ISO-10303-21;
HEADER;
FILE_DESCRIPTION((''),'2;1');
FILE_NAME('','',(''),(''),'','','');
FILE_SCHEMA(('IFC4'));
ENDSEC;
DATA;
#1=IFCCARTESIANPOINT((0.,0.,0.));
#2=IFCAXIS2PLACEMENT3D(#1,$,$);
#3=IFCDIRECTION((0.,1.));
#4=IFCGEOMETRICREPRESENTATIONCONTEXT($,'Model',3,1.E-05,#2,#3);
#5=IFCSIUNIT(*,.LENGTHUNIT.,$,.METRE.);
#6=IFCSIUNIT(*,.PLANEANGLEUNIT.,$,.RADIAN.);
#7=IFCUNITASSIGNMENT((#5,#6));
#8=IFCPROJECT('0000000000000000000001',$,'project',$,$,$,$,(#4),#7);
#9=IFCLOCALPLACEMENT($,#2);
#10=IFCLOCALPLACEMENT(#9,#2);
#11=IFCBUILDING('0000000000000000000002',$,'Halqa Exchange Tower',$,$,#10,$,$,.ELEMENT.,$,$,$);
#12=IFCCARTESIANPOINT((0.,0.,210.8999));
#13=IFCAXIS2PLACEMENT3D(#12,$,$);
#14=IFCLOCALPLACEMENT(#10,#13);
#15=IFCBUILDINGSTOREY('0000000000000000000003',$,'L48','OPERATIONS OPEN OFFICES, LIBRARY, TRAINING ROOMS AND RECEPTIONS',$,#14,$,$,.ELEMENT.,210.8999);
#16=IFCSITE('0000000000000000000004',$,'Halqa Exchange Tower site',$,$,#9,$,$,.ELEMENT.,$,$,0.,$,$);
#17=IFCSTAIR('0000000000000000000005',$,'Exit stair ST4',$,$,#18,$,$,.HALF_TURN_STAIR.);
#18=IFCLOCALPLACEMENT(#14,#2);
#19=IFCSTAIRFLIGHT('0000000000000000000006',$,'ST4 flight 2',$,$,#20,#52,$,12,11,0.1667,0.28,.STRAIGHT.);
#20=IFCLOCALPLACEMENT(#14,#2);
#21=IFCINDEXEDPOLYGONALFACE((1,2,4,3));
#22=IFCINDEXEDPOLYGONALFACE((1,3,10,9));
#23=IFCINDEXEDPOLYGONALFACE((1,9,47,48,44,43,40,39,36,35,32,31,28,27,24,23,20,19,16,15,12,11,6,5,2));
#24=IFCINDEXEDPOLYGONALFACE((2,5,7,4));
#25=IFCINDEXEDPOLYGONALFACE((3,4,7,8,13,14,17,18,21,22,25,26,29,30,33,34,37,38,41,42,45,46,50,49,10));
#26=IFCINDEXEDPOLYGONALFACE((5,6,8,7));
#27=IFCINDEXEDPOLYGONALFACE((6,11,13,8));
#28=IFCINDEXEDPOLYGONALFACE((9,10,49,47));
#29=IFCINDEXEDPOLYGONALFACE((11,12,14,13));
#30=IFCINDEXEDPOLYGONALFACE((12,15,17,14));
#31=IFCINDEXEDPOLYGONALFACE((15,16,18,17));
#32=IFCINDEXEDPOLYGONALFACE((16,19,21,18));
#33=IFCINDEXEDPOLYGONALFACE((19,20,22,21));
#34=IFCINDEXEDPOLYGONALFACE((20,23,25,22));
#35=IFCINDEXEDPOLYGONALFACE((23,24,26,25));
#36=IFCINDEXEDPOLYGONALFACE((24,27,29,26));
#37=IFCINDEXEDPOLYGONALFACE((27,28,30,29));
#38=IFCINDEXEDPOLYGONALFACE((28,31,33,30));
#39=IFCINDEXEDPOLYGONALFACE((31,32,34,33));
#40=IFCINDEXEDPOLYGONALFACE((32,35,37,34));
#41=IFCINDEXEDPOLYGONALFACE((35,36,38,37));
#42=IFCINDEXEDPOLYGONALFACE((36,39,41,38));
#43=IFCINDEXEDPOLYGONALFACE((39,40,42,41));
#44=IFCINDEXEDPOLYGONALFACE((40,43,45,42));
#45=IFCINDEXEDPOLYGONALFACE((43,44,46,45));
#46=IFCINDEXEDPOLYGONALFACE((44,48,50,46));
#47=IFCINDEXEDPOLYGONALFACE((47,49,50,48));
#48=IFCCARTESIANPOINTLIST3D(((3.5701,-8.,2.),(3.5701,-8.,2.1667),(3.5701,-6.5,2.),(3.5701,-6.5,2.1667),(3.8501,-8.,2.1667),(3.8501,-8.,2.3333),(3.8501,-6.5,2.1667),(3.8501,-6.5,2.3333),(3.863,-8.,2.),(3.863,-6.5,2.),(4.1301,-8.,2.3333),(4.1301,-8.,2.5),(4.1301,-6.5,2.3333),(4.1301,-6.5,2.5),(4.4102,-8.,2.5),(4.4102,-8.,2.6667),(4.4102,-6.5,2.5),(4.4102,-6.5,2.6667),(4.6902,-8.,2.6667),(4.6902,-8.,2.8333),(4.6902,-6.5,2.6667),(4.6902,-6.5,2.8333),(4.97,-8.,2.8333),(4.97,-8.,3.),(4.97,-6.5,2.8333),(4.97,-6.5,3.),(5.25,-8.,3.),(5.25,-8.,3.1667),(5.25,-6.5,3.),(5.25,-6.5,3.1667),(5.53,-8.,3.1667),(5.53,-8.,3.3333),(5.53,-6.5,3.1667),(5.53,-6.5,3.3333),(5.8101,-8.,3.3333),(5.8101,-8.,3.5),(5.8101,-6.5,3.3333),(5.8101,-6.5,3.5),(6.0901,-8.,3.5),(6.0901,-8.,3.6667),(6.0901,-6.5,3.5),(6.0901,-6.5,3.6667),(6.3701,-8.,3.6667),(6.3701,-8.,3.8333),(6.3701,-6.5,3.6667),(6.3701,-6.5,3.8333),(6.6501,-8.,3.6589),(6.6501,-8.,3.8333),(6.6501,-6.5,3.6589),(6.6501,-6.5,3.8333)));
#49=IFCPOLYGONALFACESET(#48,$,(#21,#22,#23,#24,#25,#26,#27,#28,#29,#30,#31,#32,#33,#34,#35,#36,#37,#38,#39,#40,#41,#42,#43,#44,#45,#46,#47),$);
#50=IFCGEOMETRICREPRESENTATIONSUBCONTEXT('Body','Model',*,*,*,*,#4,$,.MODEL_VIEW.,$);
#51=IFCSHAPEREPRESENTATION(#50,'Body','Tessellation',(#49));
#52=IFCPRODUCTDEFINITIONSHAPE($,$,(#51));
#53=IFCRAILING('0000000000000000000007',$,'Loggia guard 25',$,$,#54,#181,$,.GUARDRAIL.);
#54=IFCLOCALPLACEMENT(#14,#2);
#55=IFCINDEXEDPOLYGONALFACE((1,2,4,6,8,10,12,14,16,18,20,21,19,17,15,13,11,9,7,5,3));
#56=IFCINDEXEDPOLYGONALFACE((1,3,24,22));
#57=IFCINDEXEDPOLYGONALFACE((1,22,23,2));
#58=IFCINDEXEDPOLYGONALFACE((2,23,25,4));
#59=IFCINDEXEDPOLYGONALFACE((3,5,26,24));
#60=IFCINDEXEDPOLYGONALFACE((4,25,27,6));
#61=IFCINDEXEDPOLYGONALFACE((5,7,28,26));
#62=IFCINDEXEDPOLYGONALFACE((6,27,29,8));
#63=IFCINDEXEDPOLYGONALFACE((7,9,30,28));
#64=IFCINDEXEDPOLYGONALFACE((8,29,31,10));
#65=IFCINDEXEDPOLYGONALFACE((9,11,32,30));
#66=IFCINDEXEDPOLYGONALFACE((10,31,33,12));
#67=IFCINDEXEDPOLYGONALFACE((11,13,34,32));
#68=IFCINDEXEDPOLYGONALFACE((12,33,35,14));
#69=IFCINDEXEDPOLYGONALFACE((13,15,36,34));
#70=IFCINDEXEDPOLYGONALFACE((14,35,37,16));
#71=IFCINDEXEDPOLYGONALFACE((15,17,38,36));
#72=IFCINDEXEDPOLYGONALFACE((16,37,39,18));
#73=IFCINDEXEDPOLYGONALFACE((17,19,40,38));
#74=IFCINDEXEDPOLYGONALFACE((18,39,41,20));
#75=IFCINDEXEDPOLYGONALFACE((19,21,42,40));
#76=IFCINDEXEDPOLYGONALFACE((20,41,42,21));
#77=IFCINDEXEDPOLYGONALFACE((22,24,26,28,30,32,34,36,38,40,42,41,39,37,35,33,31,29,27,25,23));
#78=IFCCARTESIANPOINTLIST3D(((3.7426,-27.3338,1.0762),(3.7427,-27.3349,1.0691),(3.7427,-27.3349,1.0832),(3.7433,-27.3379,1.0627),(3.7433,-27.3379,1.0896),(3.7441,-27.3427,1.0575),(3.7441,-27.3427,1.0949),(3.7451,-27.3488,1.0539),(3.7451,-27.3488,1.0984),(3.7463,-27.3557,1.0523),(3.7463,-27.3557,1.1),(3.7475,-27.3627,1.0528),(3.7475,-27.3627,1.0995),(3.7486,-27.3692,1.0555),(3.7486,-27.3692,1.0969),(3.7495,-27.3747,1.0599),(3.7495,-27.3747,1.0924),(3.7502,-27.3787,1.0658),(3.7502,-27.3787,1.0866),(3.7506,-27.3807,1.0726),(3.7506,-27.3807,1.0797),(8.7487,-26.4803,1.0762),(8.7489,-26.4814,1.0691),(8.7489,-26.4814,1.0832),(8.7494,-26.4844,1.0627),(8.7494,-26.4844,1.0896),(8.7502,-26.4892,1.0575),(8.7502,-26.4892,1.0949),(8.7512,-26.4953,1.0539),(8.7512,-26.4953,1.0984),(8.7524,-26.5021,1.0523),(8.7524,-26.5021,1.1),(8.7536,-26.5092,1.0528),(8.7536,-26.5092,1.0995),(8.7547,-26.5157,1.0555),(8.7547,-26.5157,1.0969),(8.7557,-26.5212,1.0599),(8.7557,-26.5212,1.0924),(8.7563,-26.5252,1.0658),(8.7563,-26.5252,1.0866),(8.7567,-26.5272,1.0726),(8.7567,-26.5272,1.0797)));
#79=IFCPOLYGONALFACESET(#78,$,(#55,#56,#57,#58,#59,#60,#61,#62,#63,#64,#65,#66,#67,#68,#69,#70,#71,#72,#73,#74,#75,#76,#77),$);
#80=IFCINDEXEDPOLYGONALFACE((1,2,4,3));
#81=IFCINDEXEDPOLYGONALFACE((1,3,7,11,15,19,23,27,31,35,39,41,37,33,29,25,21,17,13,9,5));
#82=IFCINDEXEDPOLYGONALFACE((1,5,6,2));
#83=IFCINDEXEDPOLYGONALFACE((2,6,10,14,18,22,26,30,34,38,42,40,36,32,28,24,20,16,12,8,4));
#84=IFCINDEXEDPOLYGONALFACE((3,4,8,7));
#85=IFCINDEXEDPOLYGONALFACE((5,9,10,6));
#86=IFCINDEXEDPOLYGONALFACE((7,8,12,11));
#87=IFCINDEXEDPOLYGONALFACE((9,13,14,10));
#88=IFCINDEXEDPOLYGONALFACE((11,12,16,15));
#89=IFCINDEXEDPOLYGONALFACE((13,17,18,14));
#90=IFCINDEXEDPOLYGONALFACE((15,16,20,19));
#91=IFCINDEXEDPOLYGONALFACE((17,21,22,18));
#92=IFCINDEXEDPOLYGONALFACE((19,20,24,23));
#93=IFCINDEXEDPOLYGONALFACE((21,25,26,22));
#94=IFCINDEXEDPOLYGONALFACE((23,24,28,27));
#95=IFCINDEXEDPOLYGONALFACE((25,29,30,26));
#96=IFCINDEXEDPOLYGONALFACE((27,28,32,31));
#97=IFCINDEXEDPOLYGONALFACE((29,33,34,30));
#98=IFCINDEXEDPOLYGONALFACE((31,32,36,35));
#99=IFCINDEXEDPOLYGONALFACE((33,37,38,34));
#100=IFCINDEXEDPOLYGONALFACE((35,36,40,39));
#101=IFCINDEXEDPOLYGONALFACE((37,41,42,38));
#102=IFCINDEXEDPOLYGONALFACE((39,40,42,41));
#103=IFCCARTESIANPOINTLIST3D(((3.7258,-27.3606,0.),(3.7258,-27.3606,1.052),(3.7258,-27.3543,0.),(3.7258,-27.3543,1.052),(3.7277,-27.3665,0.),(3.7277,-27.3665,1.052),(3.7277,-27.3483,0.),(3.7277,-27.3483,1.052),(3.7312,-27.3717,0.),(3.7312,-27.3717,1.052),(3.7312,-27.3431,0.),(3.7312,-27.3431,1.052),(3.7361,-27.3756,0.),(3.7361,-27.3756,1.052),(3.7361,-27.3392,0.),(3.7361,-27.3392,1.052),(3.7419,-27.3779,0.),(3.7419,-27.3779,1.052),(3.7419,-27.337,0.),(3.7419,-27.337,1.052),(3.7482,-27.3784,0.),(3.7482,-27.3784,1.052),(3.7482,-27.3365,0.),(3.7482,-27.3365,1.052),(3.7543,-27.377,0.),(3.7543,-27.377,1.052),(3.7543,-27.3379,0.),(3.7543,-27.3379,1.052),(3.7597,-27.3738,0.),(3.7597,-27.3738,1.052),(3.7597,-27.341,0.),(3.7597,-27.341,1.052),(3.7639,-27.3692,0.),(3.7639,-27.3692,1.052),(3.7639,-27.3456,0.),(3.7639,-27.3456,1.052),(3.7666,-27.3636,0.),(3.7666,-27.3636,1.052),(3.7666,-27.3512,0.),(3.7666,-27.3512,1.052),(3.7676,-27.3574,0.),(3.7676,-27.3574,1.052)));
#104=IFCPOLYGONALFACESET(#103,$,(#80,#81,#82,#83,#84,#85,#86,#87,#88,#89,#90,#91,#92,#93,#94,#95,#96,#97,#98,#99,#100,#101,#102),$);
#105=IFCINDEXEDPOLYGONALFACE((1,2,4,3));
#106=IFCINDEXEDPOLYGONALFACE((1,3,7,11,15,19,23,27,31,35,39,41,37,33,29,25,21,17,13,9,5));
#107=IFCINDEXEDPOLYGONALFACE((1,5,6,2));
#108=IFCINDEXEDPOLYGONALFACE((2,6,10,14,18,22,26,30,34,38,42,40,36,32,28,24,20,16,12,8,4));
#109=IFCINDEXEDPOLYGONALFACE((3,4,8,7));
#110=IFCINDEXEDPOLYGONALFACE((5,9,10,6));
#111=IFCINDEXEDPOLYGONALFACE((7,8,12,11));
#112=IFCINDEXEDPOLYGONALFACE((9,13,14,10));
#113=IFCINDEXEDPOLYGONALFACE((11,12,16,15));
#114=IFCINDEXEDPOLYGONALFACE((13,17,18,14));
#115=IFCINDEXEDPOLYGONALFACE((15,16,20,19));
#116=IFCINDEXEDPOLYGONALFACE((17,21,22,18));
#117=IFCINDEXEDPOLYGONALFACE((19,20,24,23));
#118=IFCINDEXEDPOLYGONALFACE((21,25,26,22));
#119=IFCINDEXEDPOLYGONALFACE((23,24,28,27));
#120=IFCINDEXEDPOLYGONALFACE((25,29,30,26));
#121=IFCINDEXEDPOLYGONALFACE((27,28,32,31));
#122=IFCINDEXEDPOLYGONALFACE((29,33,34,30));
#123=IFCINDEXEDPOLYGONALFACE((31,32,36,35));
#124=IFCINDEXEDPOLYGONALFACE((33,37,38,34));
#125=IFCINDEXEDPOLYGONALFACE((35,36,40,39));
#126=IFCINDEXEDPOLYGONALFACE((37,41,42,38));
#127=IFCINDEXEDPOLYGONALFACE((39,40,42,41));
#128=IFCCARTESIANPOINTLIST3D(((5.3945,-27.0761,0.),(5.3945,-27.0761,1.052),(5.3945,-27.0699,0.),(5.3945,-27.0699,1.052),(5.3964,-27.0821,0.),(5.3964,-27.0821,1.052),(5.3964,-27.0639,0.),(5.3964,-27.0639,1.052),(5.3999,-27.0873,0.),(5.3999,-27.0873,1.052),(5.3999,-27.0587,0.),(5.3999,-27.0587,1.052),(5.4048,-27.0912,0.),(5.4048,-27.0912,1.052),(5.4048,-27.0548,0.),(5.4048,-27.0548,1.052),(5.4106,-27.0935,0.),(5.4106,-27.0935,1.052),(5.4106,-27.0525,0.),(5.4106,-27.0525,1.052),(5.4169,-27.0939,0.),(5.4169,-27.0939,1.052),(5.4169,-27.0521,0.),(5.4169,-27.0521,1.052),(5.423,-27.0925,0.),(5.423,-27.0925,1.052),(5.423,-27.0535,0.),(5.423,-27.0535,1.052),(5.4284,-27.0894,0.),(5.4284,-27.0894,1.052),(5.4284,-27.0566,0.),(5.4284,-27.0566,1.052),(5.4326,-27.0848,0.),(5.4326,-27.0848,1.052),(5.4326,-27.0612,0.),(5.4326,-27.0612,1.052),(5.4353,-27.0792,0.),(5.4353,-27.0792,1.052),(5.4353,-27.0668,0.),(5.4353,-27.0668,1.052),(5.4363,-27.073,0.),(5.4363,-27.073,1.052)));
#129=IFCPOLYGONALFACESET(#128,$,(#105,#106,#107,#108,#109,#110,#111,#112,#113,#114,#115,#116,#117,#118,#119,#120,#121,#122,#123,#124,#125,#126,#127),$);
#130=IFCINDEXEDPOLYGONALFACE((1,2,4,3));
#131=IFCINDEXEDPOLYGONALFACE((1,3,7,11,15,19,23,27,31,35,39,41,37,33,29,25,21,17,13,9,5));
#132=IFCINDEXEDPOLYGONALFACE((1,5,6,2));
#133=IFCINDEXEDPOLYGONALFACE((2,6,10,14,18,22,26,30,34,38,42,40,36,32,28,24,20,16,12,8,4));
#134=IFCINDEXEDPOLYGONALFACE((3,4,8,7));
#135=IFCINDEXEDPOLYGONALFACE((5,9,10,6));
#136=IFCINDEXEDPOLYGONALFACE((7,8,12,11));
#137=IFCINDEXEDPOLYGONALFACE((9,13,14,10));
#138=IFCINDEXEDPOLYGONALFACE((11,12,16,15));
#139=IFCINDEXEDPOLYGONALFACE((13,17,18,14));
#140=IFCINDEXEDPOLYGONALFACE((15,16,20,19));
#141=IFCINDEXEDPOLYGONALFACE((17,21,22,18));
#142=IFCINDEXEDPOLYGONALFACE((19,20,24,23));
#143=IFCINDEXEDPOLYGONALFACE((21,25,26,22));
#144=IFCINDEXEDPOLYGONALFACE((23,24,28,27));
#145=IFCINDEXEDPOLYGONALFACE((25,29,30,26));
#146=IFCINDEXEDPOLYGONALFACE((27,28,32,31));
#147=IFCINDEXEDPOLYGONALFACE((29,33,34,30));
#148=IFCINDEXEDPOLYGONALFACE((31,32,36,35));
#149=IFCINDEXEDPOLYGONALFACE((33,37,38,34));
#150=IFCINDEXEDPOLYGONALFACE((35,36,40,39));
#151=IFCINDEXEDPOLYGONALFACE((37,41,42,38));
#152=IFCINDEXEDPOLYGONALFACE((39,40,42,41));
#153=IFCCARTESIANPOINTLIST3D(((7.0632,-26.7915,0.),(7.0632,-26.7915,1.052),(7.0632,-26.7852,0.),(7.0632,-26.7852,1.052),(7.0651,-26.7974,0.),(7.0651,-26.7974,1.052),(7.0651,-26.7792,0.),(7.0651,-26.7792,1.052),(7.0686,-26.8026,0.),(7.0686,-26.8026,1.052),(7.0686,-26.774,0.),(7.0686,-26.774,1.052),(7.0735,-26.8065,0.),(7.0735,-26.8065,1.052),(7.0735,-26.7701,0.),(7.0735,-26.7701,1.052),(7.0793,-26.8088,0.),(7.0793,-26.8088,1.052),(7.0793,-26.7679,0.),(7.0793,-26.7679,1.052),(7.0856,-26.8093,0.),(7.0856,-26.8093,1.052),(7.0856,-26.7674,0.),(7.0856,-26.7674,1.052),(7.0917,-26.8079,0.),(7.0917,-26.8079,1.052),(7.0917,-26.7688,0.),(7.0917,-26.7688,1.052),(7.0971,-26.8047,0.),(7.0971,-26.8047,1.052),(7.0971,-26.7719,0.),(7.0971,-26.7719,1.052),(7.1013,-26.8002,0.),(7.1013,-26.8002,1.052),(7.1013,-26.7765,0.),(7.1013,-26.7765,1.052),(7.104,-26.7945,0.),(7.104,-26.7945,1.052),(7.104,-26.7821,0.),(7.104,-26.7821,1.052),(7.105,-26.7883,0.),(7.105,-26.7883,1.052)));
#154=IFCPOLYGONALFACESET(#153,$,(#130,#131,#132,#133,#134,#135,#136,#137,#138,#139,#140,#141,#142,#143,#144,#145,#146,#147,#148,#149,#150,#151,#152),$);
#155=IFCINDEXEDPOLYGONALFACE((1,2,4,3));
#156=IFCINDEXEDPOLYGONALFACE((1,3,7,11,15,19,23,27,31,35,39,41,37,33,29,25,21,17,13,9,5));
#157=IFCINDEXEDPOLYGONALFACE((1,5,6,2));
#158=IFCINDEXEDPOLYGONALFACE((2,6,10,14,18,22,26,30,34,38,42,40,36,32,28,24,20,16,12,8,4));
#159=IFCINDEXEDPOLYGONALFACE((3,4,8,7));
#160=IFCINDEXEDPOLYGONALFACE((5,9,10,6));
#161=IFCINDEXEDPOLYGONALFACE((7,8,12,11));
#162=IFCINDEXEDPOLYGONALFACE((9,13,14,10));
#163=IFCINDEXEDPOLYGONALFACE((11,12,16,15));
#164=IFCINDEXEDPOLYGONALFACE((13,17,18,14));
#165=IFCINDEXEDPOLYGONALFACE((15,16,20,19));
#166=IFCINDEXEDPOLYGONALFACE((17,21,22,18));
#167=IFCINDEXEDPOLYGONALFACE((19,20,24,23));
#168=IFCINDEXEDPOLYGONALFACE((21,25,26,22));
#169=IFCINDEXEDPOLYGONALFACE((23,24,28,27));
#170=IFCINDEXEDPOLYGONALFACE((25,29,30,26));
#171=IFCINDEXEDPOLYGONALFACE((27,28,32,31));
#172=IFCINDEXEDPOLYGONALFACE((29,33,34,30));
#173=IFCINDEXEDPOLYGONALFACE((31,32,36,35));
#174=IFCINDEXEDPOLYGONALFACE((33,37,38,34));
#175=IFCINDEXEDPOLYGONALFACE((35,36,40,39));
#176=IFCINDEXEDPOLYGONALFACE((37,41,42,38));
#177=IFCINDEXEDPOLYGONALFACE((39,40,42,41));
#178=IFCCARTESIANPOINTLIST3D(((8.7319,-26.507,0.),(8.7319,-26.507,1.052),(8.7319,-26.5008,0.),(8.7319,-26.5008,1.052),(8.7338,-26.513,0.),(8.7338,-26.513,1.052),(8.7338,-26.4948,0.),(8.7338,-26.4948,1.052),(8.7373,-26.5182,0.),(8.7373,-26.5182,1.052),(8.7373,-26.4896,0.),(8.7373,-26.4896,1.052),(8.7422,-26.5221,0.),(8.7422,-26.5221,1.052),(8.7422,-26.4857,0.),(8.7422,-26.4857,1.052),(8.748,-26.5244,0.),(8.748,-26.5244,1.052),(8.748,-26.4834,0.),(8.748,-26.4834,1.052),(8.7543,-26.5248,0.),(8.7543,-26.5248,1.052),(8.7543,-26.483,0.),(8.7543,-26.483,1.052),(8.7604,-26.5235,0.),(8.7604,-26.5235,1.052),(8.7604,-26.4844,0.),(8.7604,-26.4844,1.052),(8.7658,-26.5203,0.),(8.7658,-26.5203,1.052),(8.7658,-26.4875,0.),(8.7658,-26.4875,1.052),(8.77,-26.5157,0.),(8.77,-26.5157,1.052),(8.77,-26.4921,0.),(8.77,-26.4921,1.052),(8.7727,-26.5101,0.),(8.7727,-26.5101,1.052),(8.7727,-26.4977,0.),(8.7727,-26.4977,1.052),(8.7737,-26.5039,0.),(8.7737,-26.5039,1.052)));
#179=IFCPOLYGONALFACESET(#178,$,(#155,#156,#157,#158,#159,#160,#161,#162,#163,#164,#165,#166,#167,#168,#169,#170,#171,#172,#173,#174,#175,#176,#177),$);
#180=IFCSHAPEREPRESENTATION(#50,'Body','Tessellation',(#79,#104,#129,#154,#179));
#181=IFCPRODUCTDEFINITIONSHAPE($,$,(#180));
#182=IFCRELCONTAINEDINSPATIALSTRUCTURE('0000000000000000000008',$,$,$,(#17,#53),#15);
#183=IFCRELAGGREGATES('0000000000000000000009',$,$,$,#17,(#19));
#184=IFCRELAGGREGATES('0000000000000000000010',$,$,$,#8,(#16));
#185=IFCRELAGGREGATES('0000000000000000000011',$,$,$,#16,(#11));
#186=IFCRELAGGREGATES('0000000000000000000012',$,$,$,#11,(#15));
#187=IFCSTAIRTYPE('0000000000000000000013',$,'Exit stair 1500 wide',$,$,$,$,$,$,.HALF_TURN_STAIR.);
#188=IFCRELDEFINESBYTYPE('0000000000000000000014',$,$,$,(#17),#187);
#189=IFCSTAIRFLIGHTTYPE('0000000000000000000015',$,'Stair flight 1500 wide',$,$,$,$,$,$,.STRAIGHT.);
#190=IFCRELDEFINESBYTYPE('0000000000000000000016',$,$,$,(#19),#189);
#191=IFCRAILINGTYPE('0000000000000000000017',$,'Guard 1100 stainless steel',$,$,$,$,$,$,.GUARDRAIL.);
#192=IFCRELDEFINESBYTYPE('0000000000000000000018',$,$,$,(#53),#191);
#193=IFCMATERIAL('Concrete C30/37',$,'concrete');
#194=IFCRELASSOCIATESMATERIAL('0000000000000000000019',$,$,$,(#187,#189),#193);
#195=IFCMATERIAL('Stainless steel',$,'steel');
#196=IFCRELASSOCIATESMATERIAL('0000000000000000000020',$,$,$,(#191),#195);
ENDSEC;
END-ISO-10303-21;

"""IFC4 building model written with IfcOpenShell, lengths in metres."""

from ifc_helpers import new_model, si_unit, direction, frame, origin, origin_2d, place, context, subcontext, project, spatial, polyline, circle, outline, extrude, material, type_object, element, aggregate, save


model = new_model("IFC4")

# Units and contexts
model_context = context("Model", 3, precision=1e-05, world=origin(), true_north=direction((0.0, 1.0)))
body_context = subcontext(model_context, "Body", "Model", "MODEL_VIEW")
ifc_project = project(units=[si_unit("LENGTHUNIT", "METRE"), si_unit("PLANEANGLEUNIT", "RADIAN")], contexts=[model_context])

# Site, building, storey
site_placement = place(None, origin())
site = spatial("IfcSite", under=ifc_project, at=site_placement, Name="Halqa Exchange Tower site", CompositionType="ELEMENT", RefElevation=0.0)
building_placement = place(site_placement, origin())
building = spatial("IfcBuilding", under=site, at=building_placement, Name="Halqa Exchange Tower", CompositionType="ELEMENT")
storey_placement = place(building_placement, frame((0.0, 0.0, 210.8999)))
storey = spatial("IfcBuildingStorey", under=building, at=storey_placement, Name="L48", Description="OPERATIONS OPEN OFFICES, LIBRARY, TRAINING ROOMS AND RECEPTIONS", CompositionType="ELEMENT", Elevation=210.8999)

# Shared definitions
ifc_material_1 = material(Name="Concrete C30/37", Category="concrete")

# Stair, stair flight
stair_type = type_object("IfcStairType", Name="Exit stair 1500 wide", PredefinedType="HALF_TURN_STAIR", material=ifc_material_1)
stair_placement = place(storey_placement, origin())
stair = element("IfcStair", 1, at=stair_placement, inside=storey, type_object=stair_type, Name="Exit stair ST4", PredefinedType="HALF_TURN_STAIR")
stair_flight_type = type_object("IfcStairFlightType", Name="Stair flight 1500 wide", PredefinedType="STRAIGHT", material=ifc_material_1)
stair_flight_1_placement = place(storey_placement, frame((3.5701, -7.25, 2.0), z_axis=(0.0, 0.0, 1.0), x_axis=(1.0, 0.0, 0.0)))
stair_flight_1 = element("IfcStairFlight", 2, at=stair_flight_1_placement, type_object=stair_flight_type, Name="ST4 flight 2", NumberOfRisers=12, NumberOfTreads=11, PredefinedType="STRAIGHT", RiserHeight=0.1667, TreadLength=0.28, context=body_context, shape_type="SweptSolid", body=[
    extrude(outline(polyline([(0.0, 0.0), (0.0, 0.1667), (0.28, 0.1667), (0.28, 0.3333), (0.5601, 0.3333), (0.5601, 0.5), (0.8401, 0.5), (0.8401, 0.6667), (1.1201, 0.6667), (1.1201, 0.8333), (1.3999, 0.8333), (1.3999, 1.0), (1.6799, 1.0), (1.6799, 1.1667), (1.96, 1.1667), (1.96, 1.3333), (2.24, 1.3333), (2.24, 1.5), (2.52, 1.5), (2.52, 1.6667), (2.8, 1.6667), (2.8, 1.8333), (3.0801, 1.8333), (3.0801, 2.0), (3.0801, 1.6589), (0.293, 0.0), (0.0, 0.0)])), frame((0.0, 0.75, 0.0), z_axis=(0.0, -1.0, 0.0), x_axis=(1.0, 0.0, 0.0)), (0.0, 0.0, 1.0), 1.5),
])
aggregate(stair, [stair_flight_1])

# Railing
ifc_material_2 = material(Name="Stainless steel", Category="steel")
railing_type_1 = type_object("IfcRailingType", Name="Guard 1100 stainless steel", PredefinedType="GUARDRAIL", material=ifc_material_2)
railing_1_placement = place(storey_placement, frame((3.7466, -27.3574, 0.0)))
element("IfcRailing", 3, at=railing_1_placement, inside=storey, type_object=railing_type_1, Name="Loggia guard 25", PredefinedType="GUARDRAIL", context=body_context, shape_type="SweptSolid", body=[
    extrude(circle(Radius=0.0239, at=origin_2d()), frame((0.0, 0.0, 1.0762), z_axis=(0.985775, 0.16807, 0.0), x_axis=(-0.16807, 0.985775, 0.0)), (0.0, 0.0, 1.0), 5.0784),
    extrude(circle(Radius=0.021, at=origin_2d()), origin(), (0.0, 0.0, 1.0), 1.052),
    extrude(circle(Radius=0.021, at=origin_2d()), frame((1.6687, 0.2844, 0.0)), (0.0, 0.0, 1.0), 1.052),
    extrude(circle(Radius=0.021, at=origin_2d()), frame((3.3374, 0.5691, 0.0)), (0.0, 0.0, 1.0), 1.052),
    extrude(circle(Radius=0.021, at=origin_2d()), frame((5.0061, 0.8535, 0.0)), (0.0, 0.0, 1.0), 1.052),
])

save(model, "model.ifc")
